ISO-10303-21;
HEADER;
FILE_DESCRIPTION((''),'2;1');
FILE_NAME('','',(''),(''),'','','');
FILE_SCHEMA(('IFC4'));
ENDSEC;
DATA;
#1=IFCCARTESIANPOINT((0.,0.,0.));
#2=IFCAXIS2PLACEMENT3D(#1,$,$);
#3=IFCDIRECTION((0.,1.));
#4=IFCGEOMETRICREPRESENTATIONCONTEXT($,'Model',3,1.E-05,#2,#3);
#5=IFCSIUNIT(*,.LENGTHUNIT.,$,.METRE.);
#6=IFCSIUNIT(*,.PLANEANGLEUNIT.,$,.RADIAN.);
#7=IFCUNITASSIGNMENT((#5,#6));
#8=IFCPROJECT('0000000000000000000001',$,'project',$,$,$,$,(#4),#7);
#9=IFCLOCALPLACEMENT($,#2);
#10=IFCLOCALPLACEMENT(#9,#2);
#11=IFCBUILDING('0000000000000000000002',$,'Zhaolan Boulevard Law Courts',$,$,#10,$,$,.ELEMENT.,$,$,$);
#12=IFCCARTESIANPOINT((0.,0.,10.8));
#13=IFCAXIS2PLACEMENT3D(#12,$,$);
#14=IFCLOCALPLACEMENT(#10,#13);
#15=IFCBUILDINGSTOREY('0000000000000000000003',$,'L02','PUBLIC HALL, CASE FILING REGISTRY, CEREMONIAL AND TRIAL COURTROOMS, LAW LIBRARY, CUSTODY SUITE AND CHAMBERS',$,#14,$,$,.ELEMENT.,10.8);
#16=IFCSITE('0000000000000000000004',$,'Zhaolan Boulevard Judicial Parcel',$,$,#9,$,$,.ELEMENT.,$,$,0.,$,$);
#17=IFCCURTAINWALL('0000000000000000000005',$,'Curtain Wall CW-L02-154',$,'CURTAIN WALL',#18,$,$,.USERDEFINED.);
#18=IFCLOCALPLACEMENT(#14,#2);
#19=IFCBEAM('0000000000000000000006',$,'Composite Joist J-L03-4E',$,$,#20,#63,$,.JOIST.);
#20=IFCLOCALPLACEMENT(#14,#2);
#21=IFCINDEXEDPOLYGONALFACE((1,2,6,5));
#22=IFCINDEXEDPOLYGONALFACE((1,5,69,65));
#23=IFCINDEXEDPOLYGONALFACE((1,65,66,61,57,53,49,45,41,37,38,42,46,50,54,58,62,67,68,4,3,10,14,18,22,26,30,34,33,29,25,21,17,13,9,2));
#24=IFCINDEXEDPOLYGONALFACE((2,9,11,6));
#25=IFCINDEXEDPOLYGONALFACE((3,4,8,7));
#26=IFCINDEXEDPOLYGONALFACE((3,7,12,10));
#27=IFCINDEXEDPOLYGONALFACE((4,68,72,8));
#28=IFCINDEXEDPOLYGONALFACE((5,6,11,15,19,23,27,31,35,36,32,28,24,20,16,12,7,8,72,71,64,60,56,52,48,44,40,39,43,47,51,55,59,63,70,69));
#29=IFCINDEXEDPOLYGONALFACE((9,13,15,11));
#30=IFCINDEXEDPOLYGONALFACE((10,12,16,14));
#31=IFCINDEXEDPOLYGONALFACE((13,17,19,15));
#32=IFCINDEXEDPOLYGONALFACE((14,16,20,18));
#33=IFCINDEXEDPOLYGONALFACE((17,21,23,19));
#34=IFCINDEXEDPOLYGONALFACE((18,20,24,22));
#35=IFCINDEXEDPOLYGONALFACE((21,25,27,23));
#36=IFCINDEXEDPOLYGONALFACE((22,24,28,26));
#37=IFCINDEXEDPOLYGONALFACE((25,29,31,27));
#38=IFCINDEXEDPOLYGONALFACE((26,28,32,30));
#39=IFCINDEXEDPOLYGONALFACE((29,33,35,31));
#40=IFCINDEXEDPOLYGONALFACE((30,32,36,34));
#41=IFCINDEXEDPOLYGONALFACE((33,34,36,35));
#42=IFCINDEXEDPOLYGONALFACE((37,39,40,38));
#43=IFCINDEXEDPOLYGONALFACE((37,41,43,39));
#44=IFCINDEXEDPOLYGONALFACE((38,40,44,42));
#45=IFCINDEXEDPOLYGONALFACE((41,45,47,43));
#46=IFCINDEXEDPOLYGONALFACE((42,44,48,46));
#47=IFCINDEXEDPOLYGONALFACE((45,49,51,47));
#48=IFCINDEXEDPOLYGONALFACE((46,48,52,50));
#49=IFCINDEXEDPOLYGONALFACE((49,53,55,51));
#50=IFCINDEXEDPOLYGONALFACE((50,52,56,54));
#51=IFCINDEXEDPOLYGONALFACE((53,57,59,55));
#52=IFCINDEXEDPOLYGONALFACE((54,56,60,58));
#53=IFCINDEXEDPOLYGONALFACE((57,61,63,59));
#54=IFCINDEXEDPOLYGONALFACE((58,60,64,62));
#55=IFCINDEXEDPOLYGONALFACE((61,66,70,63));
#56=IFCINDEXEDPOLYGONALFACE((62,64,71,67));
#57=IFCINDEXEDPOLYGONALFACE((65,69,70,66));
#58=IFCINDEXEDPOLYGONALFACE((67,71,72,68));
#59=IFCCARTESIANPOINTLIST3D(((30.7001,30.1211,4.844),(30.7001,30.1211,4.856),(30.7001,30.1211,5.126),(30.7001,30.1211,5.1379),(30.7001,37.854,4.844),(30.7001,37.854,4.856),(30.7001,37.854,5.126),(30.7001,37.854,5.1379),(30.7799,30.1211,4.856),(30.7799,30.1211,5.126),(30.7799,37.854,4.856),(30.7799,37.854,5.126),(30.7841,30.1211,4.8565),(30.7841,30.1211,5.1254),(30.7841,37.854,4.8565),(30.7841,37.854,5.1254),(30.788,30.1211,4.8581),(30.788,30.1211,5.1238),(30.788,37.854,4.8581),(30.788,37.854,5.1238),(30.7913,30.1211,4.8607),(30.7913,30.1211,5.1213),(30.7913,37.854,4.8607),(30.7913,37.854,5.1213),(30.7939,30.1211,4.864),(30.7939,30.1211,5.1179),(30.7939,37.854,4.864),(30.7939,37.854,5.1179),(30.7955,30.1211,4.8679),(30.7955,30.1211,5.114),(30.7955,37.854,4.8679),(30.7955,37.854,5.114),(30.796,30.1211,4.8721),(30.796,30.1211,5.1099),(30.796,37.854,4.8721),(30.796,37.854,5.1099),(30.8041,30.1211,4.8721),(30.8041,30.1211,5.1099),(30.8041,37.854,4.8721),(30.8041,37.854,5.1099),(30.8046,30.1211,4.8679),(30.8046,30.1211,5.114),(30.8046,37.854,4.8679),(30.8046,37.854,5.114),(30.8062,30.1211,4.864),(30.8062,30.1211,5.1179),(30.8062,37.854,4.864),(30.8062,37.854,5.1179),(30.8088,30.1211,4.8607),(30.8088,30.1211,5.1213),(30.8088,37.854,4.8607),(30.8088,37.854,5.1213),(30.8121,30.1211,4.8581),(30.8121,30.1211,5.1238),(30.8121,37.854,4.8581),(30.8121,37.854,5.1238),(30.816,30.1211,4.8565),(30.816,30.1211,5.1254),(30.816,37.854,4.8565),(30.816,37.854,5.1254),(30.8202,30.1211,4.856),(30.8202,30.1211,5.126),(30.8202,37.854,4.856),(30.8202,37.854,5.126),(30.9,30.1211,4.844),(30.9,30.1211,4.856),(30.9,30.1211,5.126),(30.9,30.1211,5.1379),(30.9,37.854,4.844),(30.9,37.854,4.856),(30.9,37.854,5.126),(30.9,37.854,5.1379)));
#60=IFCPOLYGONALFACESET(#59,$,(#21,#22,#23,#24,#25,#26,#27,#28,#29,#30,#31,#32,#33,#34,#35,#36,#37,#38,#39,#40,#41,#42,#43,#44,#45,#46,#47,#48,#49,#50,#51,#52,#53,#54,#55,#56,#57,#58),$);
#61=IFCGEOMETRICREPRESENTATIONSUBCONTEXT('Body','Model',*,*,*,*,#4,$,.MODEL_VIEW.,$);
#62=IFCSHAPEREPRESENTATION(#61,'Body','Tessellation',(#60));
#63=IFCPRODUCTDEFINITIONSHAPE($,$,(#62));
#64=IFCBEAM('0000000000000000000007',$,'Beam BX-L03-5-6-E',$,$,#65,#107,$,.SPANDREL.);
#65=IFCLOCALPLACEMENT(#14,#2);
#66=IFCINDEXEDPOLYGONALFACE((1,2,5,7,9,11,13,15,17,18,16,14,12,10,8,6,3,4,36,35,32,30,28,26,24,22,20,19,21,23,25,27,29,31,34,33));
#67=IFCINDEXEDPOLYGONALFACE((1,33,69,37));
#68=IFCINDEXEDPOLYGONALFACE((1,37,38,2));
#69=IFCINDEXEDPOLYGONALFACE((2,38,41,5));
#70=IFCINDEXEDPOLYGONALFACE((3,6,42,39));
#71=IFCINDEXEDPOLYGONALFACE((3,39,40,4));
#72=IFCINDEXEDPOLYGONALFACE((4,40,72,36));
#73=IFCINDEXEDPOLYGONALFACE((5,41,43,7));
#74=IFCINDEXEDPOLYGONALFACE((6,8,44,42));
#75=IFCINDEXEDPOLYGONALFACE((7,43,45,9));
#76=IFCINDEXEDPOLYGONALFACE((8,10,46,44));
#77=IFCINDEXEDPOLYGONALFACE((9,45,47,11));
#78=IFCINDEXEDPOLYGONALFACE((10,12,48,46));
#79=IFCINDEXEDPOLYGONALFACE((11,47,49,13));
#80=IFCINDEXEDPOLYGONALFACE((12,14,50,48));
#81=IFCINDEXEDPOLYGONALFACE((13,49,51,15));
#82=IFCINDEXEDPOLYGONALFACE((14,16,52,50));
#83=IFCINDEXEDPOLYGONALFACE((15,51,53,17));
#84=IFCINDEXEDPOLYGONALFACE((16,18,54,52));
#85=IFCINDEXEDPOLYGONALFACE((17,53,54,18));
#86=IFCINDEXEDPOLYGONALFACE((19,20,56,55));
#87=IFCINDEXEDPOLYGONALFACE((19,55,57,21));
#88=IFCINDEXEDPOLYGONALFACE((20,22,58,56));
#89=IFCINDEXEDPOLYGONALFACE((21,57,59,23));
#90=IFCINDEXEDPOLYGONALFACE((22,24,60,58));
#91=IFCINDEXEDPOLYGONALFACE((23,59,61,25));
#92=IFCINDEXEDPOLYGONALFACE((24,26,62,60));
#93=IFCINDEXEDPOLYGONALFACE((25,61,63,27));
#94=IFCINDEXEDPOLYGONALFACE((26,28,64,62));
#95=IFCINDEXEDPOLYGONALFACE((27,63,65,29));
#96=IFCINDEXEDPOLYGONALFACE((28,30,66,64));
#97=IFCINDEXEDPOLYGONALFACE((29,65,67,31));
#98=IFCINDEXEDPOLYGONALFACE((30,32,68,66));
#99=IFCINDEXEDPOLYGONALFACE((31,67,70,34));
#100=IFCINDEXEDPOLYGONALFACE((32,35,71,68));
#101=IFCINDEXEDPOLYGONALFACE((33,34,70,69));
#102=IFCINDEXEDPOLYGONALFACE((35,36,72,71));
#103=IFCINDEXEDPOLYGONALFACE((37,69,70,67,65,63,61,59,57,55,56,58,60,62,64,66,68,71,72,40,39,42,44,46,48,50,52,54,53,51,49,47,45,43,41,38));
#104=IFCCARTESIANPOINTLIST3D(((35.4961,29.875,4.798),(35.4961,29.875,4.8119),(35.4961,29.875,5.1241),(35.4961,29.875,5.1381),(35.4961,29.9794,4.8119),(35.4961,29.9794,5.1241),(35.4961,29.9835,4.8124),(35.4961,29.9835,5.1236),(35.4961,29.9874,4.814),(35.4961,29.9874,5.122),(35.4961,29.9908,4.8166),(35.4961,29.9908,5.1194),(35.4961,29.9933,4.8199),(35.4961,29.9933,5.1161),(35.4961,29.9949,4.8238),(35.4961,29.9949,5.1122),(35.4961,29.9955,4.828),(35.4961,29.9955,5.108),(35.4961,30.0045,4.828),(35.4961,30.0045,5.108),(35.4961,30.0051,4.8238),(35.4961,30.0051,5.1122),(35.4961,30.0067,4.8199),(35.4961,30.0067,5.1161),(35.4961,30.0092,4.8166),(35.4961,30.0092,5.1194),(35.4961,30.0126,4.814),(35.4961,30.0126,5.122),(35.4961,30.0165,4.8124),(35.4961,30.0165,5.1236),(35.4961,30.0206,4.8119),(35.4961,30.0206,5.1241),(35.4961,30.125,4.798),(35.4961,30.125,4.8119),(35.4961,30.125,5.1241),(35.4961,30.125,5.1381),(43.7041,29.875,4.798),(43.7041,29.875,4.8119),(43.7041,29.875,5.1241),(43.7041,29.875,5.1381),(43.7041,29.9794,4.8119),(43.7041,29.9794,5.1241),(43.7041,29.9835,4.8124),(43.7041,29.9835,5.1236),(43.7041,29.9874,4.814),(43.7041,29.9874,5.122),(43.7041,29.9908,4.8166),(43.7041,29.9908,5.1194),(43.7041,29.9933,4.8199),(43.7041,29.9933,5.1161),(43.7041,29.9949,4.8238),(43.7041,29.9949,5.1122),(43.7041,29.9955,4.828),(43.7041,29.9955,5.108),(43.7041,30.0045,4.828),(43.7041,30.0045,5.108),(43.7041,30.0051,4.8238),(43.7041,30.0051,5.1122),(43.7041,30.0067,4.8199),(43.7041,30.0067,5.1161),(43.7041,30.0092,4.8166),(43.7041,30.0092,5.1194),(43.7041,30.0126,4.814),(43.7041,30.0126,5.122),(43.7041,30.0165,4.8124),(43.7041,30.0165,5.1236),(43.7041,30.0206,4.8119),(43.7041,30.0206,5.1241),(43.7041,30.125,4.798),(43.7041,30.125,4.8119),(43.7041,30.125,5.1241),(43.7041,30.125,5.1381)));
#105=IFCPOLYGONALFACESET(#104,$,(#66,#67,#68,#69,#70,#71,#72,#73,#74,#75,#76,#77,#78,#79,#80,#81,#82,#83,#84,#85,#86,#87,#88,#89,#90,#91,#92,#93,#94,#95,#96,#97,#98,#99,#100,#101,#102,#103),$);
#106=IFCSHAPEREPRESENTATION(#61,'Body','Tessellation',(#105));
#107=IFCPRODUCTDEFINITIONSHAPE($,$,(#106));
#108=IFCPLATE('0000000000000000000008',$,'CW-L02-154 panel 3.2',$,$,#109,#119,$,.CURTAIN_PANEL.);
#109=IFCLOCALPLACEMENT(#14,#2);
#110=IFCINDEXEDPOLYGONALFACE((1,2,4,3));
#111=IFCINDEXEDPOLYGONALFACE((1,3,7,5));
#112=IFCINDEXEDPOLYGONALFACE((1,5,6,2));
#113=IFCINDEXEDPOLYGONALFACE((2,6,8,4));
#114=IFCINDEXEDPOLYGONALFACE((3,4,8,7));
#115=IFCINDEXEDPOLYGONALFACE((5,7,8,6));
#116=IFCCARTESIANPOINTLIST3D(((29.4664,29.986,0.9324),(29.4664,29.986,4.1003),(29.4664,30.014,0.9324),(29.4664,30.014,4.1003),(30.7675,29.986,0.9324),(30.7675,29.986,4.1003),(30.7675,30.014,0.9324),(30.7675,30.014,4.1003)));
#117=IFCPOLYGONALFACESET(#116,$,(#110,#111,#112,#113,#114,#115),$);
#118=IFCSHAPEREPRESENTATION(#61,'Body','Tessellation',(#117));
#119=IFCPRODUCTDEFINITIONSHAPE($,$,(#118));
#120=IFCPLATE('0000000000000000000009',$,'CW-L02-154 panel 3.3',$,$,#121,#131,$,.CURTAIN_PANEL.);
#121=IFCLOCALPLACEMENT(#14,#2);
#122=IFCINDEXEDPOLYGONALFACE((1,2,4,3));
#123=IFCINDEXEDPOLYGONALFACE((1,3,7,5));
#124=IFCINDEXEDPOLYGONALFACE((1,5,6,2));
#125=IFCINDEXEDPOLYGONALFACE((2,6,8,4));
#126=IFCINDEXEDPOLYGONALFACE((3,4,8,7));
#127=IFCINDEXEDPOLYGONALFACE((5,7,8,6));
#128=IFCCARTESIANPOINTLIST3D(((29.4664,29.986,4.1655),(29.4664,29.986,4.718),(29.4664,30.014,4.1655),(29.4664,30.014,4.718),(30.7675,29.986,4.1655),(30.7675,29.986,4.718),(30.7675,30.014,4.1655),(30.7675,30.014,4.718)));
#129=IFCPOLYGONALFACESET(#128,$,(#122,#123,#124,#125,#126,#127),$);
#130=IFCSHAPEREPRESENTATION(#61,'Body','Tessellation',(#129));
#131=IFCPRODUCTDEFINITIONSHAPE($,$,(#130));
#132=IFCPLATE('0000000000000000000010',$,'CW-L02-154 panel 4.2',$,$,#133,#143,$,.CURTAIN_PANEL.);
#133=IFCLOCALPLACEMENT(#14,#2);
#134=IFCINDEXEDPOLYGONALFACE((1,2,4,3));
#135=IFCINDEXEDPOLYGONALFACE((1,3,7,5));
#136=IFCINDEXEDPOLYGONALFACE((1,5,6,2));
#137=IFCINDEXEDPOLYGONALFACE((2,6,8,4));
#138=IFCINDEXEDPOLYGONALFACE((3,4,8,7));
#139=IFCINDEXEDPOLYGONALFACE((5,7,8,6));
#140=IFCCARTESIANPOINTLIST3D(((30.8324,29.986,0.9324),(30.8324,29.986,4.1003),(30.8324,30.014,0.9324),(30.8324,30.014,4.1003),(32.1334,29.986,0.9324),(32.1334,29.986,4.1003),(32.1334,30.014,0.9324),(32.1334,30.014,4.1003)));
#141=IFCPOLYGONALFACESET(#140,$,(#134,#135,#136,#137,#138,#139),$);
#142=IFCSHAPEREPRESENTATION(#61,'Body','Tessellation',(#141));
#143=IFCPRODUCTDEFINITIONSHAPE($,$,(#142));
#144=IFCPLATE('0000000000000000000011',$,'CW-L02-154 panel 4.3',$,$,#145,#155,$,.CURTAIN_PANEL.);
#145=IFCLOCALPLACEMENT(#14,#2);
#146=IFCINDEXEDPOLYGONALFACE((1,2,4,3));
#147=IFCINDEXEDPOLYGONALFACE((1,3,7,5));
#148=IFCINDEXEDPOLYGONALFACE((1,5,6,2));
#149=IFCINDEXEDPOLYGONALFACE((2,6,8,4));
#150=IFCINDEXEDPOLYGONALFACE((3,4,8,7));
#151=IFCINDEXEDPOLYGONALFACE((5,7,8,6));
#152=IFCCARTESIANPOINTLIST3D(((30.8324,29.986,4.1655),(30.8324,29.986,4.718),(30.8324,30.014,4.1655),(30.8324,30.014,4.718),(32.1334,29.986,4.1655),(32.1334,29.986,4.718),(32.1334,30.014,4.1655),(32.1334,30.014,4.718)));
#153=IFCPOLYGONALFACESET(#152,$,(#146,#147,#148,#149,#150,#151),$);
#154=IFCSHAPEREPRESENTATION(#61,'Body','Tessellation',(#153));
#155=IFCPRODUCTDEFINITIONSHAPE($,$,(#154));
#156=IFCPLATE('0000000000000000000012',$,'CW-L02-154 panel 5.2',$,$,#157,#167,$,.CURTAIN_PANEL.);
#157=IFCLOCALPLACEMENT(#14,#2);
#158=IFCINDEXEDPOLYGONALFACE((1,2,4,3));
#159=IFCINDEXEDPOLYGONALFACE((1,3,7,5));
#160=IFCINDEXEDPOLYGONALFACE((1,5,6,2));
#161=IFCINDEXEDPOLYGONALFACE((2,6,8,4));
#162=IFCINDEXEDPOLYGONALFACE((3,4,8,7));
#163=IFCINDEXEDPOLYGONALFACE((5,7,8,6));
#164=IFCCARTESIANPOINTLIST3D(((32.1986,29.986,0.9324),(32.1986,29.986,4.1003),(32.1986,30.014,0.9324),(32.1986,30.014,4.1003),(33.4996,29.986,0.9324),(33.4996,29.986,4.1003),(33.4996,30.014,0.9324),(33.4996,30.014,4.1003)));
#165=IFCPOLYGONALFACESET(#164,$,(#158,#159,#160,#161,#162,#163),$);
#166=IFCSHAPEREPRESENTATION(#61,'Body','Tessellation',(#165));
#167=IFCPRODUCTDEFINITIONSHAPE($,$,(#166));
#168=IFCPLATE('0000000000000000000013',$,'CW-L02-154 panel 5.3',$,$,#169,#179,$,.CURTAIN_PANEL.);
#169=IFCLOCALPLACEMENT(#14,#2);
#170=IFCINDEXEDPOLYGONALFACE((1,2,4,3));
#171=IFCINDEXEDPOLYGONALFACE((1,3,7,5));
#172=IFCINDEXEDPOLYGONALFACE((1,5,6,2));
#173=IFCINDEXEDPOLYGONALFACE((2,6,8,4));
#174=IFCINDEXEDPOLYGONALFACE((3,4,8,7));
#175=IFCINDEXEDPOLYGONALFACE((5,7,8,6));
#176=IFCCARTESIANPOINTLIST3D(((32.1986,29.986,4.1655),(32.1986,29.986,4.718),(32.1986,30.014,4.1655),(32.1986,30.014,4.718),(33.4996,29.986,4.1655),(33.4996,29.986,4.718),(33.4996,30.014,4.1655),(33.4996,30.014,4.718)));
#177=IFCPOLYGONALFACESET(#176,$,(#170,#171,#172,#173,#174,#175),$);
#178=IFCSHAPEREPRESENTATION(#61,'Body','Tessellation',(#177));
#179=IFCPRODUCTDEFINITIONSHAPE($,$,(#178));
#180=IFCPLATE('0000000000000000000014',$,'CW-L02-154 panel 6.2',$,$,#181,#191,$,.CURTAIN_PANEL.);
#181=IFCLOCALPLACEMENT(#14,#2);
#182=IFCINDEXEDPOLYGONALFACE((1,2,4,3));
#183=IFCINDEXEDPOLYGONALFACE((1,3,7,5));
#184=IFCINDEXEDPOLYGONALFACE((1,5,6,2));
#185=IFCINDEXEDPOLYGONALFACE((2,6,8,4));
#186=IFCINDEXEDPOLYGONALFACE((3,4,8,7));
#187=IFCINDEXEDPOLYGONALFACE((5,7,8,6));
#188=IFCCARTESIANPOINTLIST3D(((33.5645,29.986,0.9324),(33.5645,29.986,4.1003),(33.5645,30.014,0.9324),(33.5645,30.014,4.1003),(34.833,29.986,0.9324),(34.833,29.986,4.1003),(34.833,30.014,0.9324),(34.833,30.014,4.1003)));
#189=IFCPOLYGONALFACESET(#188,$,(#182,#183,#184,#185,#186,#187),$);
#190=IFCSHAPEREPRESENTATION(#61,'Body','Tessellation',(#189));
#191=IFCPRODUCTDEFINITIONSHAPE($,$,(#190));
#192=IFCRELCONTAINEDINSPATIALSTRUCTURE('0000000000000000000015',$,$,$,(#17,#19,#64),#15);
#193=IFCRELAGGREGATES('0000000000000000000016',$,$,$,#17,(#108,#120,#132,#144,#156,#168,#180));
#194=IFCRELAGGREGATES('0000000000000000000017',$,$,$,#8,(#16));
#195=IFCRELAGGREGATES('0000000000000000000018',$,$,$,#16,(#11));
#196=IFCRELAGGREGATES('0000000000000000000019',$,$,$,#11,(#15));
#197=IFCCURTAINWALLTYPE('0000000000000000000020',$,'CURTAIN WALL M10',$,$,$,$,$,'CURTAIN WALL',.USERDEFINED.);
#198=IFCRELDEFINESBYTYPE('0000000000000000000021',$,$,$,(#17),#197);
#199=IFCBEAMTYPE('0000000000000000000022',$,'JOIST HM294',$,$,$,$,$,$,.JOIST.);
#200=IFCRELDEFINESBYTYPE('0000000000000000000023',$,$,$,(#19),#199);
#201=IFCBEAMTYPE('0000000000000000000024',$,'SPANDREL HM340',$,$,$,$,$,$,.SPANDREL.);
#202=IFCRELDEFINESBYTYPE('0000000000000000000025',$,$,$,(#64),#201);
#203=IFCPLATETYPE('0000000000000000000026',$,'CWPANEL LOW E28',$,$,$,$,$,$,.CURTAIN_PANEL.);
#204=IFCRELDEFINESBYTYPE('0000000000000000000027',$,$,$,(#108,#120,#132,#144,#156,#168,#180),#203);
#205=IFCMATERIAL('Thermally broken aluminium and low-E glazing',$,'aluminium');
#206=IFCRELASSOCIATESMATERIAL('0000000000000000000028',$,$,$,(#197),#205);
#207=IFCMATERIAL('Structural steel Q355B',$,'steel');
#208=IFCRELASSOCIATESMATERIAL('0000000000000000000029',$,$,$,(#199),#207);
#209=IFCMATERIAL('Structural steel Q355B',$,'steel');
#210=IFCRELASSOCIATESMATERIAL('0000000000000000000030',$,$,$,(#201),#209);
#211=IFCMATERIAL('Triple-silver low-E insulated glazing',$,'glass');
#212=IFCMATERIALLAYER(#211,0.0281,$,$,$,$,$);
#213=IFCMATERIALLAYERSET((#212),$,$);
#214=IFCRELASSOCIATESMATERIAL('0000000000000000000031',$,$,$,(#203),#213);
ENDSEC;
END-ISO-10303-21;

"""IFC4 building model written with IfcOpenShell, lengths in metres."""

from ifc_helpers import new_model, si_unit, direction, frame, origin, origin_2d, place, context, subcontext, project, spatial, rectangle, i_section, extrude, material, layer, layer_set, material_profile, profile_set, type_object, element, aggregate, save


model = new_model("IFC4")

# Units and contexts
model_context = context("Model", 3, precision=1e-05, world=origin(), true_north=direction((0.0, 1.0)))
body_context = subcontext(model_context, "Body", "Model", "MODEL_VIEW")
ifc_project = project(units=[si_unit("LENGTHUNIT", "METRE"), si_unit("PLANEANGLEUNIT", "RADIAN")], contexts=[model_context])

# Site, building, storey
site_placement = place(None, origin())
site = spatial("IfcSite", under=ifc_project, at=site_placement, Name="Zhaolan Boulevard Judicial Parcel", CompositionType="ELEMENT", RefElevation=0.0)
building_placement = place(site_placement, origin())
building = spatial("IfcBuilding", under=site, at=building_placement, Name="Zhaolan Boulevard Law Courts", CompositionType="ELEMENT")
storey_placement = place(building_placement, frame((0.0, 0.0, 10.8)))
storey = spatial("IfcBuildingStorey", under=building, at=storey_placement, Name="L02", Description="PUBLIC HALL, CASE FILING REGISTRY, CEREMONIAL AND TRIAL COURTROOMS, LAW LIBRARY, CUSTODY SUITE AND CHAMBERS", CompositionType="ELEMENT", Elevation=10.8)

# Curtain wall
ifc_material_1 = material(Name="Thermally broken aluminium and low-E glazing", Category="aluminium")
curtain_wall_type_1 = type_object("IfcCurtainWallType", Name="CURTAIN WALL M10", ElementType="CURTAIN WALL", PredefinedType="USERDEFINED", material=ifc_material_1)
curtain_wall_1_placement = place(storey_placement, origin())
curtain_wall_1 = element("IfcCurtainWall", 1, at=curtain_wall_1_placement, inside=storey, type_object=curtain_wall_type_1, Name="Curtain Wall CW-L02-154", ObjectType="CURTAIN WALL", PredefinedType="USERDEFINED")

# Beams
ifc_material_2 = material(Name="Structural steel Q355B", Category="steel")
ifc_material_profile_1 = material_profile(ifc_material_2, i_section(OverallWidth=0.2, OverallDepth=0.2939, WebThickness=0.0081, FlangeThickness=0.012, FilletRadius=0.0161, at=origin_2d()), Name="HM294x200")
ifc_profile_set_1 = profile_set([ifc_material_profile_1], Name="Structural steel Q355B")
beam_type_1 = type_object("IfcBeamType", Name="JOIST HM294", PredefinedType="JOIST", material=ifc_profile_set_1)
beam_1_placement = place(storey_placement, frame((30.8, 30.1211, 4.991), z_axis=(0.0, 1.0, 0.0), x_axis=(-1.0, 0.0, 0.0)))
element("IfcBeam", 2, at=beam_1_placement, inside=storey, type_object=beam_type_1, Name="Composite Joist J-L03-4E", PredefinedType="JOIST", context=body_context, shape_type="SweptSolid", body=[
    extrude(i_section(OverallWidth=0.2, OverallDepth=0.2939, WebThickness=0.0081, FlangeThickness=0.012, FilletRadius=0.0161, at=origin_2d()), origin(), (0.0, 0.0, 1.0), 7.7329),
])
ifc_material_3 = material(Name="Structural steel Q355B", Category="steel")
ifc_material_profile_2 = material_profile(ifc_material_3, i_section(OverallWidth=0.25, OverallDepth=0.3401, WebThickness=0.009, FlangeThickness=0.0139, FilletRadius=0.0161, at=origin_2d()), Name="HM340x250")
ifc_profile_set_2 = profile_set([ifc_material_profile_2], Name="Structural steel Q355B")
beam_type_2 = type_object("IfcBeamType", Name="SPANDREL HM340", PredefinedType="SPANDREL", material=ifc_profile_set_2)
beam_2_placement = place(storey_placement, frame((35.4961, 30.0, 4.968), z_axis=(1.0, 0.0, 0.0), x_axis=(0.0, 1.0, 0.0)))
element("IfcBeam", 3, at=beam_2_placement, inside=storey, type_object=beam_type_2, Name="Beam BX-L03-5-6-E", PredefinedType="SPANDREL", context=body_context, shape_type="SweptSolid", body=[
    extrude(i_section(OverallWidth=0.25, OverallDepth=0.3401, WebThickness=0.009, FlangeThickness=0.0139, FilletRadius=0.0161, at=origin_2d()), origin(), (0.0, 0.0, 1.0), 8.208),
])

# Plates
ifc_material_4 = material(Name="Triple-silver low-E insulated glazing", Category="glass")
ifc_layer_1 = layer(ifc_material_4, 0.0281)
ifc_layer_set_1 = layer_set([ifc_layer_1])
plate_type_1 = type_object("IfcPlateType", Name="CWPANEL LOW E28", PredefinedType="CURTAIN_PANEL", material=ifc_layer_set_1)
plate_1_placement = place(storey_placement, frame((30.1169, 30.0, 0.9324), z_axis=(0.0, 0.0, 1.0), x_axis=(1.0, 0.0, 0.0)))
plate_1 = element("IfcPlate", 4, at=plate_1_placement, type_object=plate_type_1, Name="CW-L02-154 panel 3.2", PredefinedType="CURTAIN_PANEL", context=body_context, shape_type="SweptSolid", body=[
    extrude(rectangle(XDim=1.301, YDim=0.0281, at=origin_2d()), origin(), (0.0, 0.0, 1.0), 3.168),
])
plate_2_placement = place(storey_placement, frame((30.1169, 30.0, 4.1655), z_axis=(0.0, 0.0, 1.0), x_axis=(1.0, 0.0, 0.0)))
plate_2 = element("IfcPlate", 5, at=plate_2_placement, type_object=plate_type_1, Name="CW-L02-154 panel 3.3", PredefinedType="CURTAIN_PANEL", context=body_context, shape_type="SweptSolid", body=[
    extrude(rectangle(XDim=1.301, YDim=0.0281, at=origin_2d()), origin(), (0.0, 0.0, 1.0), 0.5525),
])
plate_3_placement = place(storey_placement, frame((31.4829, 30.0, 0.9324), z_axis=(0.0, 0.0, 1.0), x_axis=(1.0, 0.0, 0.0)))
plate_3 = element("IfcPlate", 6, at=plate_3_placement, type_object=plate_type_1, Name="CW-L02-154 panel 4.2", PredefinedType="CURTAIN_PANEL", context=body_context, shape_type="SweptSolid", body=[
    extrude(rectangle(XDim=1.301, YDim=0.0281, at=origin_2d()), origin(), (0.0, 0.0, 1.0), 3.168),
])
plate_4_placement = place(storey_placement, frame((31.4829, 30.0, 4.1655), z_axis=(0.0, 0.0, 1.0), x_axis=(1.0, 0.0, 0.0)))
plate_4 = element("IfcPlate", 7, at=plate_4_placement, type_object=plate_type_1, Name="CW-L02-154 panel 4.3", PredefinedType="CURTAIN_PANEL", context=body_context, shape_type="SweptSolid", body=[
    extrude(rectangle(XDim=1.301, YDim=0.0281, at=origin_2d()), origin(), (0.0, 0.0, 1.0), 0.5525),
])
plate_5_placement = place(storey_placement, frame((32.8491, 30.0, 0.9324), z_axis=(0.0, 0.0, 1.0), x_axis=(1.0, 0.0, 0.0)))
plate_5 = element("IfcPlate", 8, at=plate_5_placement, type_object=plate_type_1, Name="CW-L02-154 panel 5.2", PredefinedType="CURTAIN_PANEL", context=body_context, shape_type="SweptSolid", body=[
    extrude(rectangle(XDim=1.301, YDim=0.0281, at=origin_2d()), origin(), (0.0, 0.0, 1.0), 3.168),
])
plate_6_placement = place(storey_placement, frame((32.8491, 30.0, 4.1655), z_axis=(0.0, 0.0, 1.0), x_axis=(1.0, 0.0, 0.0)))
plate_6 = element("IfcPlate", 9, at=plate_6_placement, type_object=plate_type_1, Name="CW-L02-154 panel 5.3", PredefinedType="CURTAIN_PANEL", context=body_context, shape_type="SweptSolid", body=[
    extrude(rectangle(XDim=1.301, YDim=0.0281, at=origin_2d()), origin(), (0.0, 0.0, 1.0), 0.5525),
])
plate_7_placement = place(storey_placement, frame((34.1987, 30.0, 0.9324), z_axis=(0.0, 0.0, 1.0), x_axis=(1.0, 0.0, 0.0)))
plate_7 = element("IfcPlate", 10, at=plate_7_placement, type_object=plate_type_1, Name="CW-L02-154 panel 6.2", PredefinedType="CURTAIN_PANEL", context=body_context, shape_type="SweptSolid", body=[
    extrude(rectangle(XDim=1.2686, YDim=0.0281, at=origin_2d()), origin(), (0.0, 0.0, 1.0), 3.168),
])
aggregate(curtain_wall_1, [plate_1, plate_2, plate_3, plate_4, plate_5, plate_6, plate_7])

save(model, "model.ifc")
